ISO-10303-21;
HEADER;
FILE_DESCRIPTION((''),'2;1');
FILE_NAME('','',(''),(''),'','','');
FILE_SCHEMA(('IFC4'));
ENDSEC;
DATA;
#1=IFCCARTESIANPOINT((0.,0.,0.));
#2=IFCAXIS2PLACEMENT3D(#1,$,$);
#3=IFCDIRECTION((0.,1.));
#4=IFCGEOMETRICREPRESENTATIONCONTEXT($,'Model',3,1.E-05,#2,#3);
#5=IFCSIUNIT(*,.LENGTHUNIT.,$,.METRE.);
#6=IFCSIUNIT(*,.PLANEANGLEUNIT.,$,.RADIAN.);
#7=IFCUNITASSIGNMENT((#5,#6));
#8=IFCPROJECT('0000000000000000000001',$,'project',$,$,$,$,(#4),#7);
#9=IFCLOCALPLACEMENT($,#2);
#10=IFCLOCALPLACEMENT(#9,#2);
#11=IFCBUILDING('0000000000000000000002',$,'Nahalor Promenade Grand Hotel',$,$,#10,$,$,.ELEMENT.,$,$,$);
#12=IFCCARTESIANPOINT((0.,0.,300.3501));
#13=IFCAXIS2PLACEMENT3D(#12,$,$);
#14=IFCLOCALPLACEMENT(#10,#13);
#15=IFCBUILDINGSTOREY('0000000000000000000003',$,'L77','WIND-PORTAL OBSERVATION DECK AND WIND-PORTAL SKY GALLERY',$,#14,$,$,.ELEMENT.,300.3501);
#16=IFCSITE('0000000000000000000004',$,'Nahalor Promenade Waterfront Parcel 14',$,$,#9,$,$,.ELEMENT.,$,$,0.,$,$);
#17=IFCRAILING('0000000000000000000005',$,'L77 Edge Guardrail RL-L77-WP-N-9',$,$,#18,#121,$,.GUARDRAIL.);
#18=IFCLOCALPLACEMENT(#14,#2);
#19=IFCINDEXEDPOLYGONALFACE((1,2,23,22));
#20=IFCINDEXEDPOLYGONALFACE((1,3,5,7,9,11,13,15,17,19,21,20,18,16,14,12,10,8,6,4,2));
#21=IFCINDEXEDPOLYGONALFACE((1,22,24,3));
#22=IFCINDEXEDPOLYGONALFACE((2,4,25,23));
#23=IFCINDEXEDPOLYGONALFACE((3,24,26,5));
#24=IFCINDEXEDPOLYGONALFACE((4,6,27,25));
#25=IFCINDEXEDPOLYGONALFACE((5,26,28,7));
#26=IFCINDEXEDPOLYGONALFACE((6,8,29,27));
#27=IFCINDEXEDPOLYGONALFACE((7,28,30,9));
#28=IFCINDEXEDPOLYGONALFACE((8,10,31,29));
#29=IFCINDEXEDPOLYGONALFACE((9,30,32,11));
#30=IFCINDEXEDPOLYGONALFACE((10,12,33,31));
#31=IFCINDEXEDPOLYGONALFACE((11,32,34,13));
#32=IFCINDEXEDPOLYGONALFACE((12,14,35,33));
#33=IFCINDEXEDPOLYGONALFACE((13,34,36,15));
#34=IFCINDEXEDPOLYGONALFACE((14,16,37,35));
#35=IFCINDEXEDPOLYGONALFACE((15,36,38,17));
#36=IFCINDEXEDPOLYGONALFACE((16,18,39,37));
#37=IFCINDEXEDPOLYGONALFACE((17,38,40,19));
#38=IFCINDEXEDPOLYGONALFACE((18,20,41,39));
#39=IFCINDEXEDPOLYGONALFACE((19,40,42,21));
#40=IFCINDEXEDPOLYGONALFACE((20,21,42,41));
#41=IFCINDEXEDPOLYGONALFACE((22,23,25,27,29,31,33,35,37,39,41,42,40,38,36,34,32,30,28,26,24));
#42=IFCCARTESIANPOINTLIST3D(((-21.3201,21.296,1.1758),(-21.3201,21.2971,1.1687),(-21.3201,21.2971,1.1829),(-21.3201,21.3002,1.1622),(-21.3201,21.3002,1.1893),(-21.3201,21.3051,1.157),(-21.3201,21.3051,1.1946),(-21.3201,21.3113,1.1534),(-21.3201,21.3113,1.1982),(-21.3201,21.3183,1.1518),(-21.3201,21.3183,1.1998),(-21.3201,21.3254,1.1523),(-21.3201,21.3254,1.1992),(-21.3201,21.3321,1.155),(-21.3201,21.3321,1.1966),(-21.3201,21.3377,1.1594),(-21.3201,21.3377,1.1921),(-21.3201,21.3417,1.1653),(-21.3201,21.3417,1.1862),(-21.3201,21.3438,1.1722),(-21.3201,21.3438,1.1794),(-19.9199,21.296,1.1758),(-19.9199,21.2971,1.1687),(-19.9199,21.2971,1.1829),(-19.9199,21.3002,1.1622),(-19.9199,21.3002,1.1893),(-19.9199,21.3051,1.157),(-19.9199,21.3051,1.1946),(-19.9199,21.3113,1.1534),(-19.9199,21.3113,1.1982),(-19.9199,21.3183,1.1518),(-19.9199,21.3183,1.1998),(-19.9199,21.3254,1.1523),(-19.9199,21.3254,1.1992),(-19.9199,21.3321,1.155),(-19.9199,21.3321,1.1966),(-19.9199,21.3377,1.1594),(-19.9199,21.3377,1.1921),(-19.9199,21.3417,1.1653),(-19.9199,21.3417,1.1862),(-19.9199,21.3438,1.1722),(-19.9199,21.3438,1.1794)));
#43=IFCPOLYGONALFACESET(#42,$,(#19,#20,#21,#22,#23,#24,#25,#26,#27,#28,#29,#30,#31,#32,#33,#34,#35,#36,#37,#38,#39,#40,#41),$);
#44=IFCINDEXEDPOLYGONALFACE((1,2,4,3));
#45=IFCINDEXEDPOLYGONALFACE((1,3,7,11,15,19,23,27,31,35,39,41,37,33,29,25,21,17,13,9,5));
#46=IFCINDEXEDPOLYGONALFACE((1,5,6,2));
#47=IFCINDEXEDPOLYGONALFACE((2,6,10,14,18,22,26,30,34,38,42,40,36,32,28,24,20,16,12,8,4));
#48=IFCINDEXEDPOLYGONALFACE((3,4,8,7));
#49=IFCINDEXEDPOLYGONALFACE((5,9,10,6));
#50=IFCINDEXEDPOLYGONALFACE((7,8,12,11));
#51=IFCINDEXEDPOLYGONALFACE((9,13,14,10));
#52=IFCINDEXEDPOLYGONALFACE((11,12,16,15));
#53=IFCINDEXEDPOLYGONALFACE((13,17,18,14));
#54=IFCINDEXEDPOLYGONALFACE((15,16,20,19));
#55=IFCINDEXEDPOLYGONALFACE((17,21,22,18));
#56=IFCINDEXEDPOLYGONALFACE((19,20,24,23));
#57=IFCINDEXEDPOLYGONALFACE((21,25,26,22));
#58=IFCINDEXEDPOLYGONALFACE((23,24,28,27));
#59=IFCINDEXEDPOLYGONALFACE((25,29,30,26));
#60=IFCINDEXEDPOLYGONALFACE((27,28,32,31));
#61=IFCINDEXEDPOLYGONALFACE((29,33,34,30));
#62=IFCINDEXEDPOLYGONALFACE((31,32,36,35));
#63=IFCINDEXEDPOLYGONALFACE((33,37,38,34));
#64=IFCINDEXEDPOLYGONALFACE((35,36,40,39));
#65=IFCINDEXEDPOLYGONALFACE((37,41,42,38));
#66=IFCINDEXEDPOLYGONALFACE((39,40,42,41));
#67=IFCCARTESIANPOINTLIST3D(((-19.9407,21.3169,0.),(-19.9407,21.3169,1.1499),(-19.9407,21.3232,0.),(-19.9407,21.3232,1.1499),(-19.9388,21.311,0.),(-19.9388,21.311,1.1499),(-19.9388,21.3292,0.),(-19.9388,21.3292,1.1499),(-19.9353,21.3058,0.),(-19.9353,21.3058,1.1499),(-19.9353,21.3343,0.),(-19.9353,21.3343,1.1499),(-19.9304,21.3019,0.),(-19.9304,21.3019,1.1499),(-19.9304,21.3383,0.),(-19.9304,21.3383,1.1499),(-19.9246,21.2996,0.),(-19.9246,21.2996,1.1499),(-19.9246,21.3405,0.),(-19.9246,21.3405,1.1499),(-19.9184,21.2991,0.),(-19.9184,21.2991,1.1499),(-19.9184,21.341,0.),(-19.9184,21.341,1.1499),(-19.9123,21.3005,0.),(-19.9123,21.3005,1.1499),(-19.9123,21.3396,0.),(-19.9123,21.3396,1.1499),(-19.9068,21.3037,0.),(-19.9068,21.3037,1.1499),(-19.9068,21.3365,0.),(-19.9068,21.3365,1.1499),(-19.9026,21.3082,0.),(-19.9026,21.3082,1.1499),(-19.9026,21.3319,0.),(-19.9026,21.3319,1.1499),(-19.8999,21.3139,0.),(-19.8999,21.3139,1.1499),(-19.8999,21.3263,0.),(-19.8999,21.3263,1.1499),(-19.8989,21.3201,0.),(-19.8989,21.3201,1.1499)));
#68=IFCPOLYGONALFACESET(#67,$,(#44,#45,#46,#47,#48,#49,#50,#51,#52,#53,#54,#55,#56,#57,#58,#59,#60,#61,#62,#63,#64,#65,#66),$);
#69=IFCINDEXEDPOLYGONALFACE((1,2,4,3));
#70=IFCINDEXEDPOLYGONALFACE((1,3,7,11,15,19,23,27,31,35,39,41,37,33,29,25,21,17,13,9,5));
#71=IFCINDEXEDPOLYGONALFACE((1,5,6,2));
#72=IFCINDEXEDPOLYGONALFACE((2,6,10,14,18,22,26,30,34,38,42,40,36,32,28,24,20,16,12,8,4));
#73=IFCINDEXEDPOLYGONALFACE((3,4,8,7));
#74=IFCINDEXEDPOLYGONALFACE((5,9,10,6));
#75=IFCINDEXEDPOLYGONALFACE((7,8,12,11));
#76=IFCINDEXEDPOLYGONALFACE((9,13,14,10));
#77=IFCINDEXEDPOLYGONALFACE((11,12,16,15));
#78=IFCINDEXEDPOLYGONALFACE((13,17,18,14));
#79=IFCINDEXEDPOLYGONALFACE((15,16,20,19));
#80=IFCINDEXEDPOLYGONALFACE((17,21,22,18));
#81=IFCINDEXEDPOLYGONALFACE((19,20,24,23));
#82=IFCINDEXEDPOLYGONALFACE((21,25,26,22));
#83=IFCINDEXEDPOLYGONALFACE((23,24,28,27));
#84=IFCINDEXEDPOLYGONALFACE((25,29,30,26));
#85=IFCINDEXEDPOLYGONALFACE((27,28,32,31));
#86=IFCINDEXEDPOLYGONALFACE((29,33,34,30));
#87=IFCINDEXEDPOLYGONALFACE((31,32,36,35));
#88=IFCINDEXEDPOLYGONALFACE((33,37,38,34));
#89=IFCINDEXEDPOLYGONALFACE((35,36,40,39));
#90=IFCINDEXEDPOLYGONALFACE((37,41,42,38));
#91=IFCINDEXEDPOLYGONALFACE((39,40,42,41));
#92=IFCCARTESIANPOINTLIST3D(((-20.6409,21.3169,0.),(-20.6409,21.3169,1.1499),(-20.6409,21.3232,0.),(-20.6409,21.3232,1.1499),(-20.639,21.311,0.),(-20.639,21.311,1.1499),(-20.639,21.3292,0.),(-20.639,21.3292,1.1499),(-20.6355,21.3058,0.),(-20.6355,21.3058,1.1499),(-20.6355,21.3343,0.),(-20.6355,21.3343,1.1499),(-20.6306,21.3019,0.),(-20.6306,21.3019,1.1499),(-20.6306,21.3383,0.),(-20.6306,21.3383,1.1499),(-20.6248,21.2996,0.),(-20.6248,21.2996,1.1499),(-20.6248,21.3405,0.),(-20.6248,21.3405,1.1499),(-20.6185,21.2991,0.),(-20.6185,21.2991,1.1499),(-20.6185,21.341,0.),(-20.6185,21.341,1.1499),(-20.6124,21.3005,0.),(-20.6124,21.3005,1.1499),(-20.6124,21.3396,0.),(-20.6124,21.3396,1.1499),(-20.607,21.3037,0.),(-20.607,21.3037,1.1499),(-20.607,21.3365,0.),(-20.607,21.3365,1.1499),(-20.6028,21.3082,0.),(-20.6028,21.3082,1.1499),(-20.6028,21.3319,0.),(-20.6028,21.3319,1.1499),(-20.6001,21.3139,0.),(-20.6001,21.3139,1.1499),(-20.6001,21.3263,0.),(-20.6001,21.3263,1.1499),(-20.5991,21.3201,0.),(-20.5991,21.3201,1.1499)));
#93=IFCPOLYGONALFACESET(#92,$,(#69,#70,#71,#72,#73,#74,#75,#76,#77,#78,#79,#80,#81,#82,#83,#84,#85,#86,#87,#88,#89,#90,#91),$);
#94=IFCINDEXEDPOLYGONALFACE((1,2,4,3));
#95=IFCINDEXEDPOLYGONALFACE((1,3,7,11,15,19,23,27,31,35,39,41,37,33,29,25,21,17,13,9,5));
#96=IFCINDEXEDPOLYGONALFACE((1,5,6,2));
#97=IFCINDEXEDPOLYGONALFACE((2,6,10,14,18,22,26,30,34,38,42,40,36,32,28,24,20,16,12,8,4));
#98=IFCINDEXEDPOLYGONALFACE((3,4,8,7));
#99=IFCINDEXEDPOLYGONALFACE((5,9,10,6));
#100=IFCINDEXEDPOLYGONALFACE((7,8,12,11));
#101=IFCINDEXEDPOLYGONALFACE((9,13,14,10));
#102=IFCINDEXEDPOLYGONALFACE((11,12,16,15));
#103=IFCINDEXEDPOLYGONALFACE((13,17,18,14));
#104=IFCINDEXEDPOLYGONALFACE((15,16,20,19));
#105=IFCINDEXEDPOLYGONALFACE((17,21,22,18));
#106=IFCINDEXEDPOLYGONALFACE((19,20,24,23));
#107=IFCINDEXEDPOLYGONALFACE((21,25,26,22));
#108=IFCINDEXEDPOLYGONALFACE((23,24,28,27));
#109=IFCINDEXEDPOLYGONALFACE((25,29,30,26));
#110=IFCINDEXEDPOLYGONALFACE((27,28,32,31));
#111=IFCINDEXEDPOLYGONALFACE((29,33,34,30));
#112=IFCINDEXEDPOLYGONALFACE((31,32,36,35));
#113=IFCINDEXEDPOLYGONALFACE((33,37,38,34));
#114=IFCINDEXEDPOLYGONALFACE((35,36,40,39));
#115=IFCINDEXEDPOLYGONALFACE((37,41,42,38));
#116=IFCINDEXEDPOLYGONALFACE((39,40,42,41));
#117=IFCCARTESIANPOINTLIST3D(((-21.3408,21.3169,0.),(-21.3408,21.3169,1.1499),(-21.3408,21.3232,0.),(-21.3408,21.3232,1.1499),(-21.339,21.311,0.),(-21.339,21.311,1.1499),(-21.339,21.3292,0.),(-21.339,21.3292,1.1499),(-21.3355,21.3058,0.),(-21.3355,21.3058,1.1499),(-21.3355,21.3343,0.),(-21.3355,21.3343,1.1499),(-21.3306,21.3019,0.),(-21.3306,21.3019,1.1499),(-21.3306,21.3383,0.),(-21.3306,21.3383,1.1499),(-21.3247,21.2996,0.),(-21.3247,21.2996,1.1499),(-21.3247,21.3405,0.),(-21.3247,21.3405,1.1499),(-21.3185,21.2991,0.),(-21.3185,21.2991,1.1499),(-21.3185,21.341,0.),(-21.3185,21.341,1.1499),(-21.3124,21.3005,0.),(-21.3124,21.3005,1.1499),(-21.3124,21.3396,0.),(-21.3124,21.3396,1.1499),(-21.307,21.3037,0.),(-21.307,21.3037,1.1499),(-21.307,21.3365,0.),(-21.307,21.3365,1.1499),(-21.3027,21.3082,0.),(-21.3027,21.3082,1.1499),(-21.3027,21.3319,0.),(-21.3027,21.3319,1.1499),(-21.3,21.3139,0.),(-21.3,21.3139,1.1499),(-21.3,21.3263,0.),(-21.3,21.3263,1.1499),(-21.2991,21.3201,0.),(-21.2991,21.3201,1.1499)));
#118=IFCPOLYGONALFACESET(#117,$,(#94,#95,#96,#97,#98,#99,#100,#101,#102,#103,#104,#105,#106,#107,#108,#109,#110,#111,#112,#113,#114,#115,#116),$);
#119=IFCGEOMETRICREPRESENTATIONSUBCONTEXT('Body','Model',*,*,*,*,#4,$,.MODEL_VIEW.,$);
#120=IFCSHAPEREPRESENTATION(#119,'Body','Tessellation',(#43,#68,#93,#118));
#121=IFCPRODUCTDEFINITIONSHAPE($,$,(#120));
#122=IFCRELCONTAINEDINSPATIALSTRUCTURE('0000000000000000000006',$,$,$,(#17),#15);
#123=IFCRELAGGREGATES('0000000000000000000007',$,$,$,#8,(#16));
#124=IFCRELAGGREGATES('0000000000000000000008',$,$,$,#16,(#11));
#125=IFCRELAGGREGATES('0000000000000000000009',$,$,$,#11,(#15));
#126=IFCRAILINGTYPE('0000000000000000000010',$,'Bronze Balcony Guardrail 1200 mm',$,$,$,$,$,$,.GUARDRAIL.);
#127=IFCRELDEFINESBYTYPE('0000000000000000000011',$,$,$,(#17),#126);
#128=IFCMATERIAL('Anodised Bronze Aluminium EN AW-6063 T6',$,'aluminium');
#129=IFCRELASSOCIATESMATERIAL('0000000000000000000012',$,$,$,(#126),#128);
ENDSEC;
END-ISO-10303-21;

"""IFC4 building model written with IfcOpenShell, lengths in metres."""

from ifc_helpers import new_model, si_unit, direction, frame, origin, origin_2d, place, context, subcontext, project, spatial, circle, extrude, material, type_object, element, save


model = new_model("IFC4")

# Units and contexts
model_context = context("Model", 3, precision=1e-05, world=origin(), true_north=direction((0.0, 1.0)))
body_context = subcontext(model_context, "Body", "Model", "MODEL_VIEW")
ifc_project = project(units=[si_unit("LENGTHUNIT", "METRE"), si_unit("PLANEANGLEUNIT", "RADIAN")], contexts=[model_context])

# Site, building, storey
site_placement = place(None, origin())
site = spatial("IfcSite", under=ifc_project, at=site_placement, Name="Nahalor Promenade Waterfront Parcel 14", CompositionType="ELEMENT", RefElevation=0.0)
building_placement = place(site_placement, origin())
building = spatial("IfcBuilding", under=site, at=building_placement, Name="Nahalor Promenade Grand Hotel", CompositionType="ELEMENT")
storey_placement = place(building_placement, frame((0.0, 0.0, 300.3501)))
storey = spatial("IfcBuildingStorey", under=building, at=storey_placement, Name="L77", Description="WIND-PORTAL OBSERVATION DECK AND WIND-PORTAL SKY GALLERY", CompositionType="ELEMENT", Elevation=300.3501)

# Railing
ifc_material_1 = material(Name="Anodised Bronze Aluminium EN AW-6063 T6", Category="aluminium")
railing_type = type_object("IfcRailingType", Name="Bronze Balcony Guardrail 1200 mm", PredefinedType="GUARDRAIL", material=ifc_material_1)
railing_1_placement = place(storey_placement, frame((-19.9199, 21.3201, 0.0)))
element("IfcRailing", 1, at=railing_1_placement, inside=storey, type_object=railing_type, Name="L77 Edge Guardrail RL-L77-WP-N-9", PredefinedType="GUARDRAIL", context=body_context, shape_type="SweptSolid", body=[
    extrude(circle(Radius=0.024, at=origin_2d()), frame((0.0, 0.0, 1.1758), z_axis=(-1.0, 0.0, 0.0), x_axis=(0.0, -1.0, 0.0)), (0.0, 0.0, 1.0), 1.4001),
    extrude(circle(Radius=0.021, at=origin_2d()), origin(), (0.0, 0.0, 1.0), 1.1499),
    extrude(circle(Radius=0.021, at=origin_2d()), frame((-0.7002, 0.0, 0.0)), (0.0, 0.0, 1.0), 1.1499),
    extrude(circle(Radius=0.021, at=origin_2d()), frame((-1.4001, 0.0, 0.0)), (0.0, 0.0, 1.0), 1.1499),
])

save(model, "model.ifc")
